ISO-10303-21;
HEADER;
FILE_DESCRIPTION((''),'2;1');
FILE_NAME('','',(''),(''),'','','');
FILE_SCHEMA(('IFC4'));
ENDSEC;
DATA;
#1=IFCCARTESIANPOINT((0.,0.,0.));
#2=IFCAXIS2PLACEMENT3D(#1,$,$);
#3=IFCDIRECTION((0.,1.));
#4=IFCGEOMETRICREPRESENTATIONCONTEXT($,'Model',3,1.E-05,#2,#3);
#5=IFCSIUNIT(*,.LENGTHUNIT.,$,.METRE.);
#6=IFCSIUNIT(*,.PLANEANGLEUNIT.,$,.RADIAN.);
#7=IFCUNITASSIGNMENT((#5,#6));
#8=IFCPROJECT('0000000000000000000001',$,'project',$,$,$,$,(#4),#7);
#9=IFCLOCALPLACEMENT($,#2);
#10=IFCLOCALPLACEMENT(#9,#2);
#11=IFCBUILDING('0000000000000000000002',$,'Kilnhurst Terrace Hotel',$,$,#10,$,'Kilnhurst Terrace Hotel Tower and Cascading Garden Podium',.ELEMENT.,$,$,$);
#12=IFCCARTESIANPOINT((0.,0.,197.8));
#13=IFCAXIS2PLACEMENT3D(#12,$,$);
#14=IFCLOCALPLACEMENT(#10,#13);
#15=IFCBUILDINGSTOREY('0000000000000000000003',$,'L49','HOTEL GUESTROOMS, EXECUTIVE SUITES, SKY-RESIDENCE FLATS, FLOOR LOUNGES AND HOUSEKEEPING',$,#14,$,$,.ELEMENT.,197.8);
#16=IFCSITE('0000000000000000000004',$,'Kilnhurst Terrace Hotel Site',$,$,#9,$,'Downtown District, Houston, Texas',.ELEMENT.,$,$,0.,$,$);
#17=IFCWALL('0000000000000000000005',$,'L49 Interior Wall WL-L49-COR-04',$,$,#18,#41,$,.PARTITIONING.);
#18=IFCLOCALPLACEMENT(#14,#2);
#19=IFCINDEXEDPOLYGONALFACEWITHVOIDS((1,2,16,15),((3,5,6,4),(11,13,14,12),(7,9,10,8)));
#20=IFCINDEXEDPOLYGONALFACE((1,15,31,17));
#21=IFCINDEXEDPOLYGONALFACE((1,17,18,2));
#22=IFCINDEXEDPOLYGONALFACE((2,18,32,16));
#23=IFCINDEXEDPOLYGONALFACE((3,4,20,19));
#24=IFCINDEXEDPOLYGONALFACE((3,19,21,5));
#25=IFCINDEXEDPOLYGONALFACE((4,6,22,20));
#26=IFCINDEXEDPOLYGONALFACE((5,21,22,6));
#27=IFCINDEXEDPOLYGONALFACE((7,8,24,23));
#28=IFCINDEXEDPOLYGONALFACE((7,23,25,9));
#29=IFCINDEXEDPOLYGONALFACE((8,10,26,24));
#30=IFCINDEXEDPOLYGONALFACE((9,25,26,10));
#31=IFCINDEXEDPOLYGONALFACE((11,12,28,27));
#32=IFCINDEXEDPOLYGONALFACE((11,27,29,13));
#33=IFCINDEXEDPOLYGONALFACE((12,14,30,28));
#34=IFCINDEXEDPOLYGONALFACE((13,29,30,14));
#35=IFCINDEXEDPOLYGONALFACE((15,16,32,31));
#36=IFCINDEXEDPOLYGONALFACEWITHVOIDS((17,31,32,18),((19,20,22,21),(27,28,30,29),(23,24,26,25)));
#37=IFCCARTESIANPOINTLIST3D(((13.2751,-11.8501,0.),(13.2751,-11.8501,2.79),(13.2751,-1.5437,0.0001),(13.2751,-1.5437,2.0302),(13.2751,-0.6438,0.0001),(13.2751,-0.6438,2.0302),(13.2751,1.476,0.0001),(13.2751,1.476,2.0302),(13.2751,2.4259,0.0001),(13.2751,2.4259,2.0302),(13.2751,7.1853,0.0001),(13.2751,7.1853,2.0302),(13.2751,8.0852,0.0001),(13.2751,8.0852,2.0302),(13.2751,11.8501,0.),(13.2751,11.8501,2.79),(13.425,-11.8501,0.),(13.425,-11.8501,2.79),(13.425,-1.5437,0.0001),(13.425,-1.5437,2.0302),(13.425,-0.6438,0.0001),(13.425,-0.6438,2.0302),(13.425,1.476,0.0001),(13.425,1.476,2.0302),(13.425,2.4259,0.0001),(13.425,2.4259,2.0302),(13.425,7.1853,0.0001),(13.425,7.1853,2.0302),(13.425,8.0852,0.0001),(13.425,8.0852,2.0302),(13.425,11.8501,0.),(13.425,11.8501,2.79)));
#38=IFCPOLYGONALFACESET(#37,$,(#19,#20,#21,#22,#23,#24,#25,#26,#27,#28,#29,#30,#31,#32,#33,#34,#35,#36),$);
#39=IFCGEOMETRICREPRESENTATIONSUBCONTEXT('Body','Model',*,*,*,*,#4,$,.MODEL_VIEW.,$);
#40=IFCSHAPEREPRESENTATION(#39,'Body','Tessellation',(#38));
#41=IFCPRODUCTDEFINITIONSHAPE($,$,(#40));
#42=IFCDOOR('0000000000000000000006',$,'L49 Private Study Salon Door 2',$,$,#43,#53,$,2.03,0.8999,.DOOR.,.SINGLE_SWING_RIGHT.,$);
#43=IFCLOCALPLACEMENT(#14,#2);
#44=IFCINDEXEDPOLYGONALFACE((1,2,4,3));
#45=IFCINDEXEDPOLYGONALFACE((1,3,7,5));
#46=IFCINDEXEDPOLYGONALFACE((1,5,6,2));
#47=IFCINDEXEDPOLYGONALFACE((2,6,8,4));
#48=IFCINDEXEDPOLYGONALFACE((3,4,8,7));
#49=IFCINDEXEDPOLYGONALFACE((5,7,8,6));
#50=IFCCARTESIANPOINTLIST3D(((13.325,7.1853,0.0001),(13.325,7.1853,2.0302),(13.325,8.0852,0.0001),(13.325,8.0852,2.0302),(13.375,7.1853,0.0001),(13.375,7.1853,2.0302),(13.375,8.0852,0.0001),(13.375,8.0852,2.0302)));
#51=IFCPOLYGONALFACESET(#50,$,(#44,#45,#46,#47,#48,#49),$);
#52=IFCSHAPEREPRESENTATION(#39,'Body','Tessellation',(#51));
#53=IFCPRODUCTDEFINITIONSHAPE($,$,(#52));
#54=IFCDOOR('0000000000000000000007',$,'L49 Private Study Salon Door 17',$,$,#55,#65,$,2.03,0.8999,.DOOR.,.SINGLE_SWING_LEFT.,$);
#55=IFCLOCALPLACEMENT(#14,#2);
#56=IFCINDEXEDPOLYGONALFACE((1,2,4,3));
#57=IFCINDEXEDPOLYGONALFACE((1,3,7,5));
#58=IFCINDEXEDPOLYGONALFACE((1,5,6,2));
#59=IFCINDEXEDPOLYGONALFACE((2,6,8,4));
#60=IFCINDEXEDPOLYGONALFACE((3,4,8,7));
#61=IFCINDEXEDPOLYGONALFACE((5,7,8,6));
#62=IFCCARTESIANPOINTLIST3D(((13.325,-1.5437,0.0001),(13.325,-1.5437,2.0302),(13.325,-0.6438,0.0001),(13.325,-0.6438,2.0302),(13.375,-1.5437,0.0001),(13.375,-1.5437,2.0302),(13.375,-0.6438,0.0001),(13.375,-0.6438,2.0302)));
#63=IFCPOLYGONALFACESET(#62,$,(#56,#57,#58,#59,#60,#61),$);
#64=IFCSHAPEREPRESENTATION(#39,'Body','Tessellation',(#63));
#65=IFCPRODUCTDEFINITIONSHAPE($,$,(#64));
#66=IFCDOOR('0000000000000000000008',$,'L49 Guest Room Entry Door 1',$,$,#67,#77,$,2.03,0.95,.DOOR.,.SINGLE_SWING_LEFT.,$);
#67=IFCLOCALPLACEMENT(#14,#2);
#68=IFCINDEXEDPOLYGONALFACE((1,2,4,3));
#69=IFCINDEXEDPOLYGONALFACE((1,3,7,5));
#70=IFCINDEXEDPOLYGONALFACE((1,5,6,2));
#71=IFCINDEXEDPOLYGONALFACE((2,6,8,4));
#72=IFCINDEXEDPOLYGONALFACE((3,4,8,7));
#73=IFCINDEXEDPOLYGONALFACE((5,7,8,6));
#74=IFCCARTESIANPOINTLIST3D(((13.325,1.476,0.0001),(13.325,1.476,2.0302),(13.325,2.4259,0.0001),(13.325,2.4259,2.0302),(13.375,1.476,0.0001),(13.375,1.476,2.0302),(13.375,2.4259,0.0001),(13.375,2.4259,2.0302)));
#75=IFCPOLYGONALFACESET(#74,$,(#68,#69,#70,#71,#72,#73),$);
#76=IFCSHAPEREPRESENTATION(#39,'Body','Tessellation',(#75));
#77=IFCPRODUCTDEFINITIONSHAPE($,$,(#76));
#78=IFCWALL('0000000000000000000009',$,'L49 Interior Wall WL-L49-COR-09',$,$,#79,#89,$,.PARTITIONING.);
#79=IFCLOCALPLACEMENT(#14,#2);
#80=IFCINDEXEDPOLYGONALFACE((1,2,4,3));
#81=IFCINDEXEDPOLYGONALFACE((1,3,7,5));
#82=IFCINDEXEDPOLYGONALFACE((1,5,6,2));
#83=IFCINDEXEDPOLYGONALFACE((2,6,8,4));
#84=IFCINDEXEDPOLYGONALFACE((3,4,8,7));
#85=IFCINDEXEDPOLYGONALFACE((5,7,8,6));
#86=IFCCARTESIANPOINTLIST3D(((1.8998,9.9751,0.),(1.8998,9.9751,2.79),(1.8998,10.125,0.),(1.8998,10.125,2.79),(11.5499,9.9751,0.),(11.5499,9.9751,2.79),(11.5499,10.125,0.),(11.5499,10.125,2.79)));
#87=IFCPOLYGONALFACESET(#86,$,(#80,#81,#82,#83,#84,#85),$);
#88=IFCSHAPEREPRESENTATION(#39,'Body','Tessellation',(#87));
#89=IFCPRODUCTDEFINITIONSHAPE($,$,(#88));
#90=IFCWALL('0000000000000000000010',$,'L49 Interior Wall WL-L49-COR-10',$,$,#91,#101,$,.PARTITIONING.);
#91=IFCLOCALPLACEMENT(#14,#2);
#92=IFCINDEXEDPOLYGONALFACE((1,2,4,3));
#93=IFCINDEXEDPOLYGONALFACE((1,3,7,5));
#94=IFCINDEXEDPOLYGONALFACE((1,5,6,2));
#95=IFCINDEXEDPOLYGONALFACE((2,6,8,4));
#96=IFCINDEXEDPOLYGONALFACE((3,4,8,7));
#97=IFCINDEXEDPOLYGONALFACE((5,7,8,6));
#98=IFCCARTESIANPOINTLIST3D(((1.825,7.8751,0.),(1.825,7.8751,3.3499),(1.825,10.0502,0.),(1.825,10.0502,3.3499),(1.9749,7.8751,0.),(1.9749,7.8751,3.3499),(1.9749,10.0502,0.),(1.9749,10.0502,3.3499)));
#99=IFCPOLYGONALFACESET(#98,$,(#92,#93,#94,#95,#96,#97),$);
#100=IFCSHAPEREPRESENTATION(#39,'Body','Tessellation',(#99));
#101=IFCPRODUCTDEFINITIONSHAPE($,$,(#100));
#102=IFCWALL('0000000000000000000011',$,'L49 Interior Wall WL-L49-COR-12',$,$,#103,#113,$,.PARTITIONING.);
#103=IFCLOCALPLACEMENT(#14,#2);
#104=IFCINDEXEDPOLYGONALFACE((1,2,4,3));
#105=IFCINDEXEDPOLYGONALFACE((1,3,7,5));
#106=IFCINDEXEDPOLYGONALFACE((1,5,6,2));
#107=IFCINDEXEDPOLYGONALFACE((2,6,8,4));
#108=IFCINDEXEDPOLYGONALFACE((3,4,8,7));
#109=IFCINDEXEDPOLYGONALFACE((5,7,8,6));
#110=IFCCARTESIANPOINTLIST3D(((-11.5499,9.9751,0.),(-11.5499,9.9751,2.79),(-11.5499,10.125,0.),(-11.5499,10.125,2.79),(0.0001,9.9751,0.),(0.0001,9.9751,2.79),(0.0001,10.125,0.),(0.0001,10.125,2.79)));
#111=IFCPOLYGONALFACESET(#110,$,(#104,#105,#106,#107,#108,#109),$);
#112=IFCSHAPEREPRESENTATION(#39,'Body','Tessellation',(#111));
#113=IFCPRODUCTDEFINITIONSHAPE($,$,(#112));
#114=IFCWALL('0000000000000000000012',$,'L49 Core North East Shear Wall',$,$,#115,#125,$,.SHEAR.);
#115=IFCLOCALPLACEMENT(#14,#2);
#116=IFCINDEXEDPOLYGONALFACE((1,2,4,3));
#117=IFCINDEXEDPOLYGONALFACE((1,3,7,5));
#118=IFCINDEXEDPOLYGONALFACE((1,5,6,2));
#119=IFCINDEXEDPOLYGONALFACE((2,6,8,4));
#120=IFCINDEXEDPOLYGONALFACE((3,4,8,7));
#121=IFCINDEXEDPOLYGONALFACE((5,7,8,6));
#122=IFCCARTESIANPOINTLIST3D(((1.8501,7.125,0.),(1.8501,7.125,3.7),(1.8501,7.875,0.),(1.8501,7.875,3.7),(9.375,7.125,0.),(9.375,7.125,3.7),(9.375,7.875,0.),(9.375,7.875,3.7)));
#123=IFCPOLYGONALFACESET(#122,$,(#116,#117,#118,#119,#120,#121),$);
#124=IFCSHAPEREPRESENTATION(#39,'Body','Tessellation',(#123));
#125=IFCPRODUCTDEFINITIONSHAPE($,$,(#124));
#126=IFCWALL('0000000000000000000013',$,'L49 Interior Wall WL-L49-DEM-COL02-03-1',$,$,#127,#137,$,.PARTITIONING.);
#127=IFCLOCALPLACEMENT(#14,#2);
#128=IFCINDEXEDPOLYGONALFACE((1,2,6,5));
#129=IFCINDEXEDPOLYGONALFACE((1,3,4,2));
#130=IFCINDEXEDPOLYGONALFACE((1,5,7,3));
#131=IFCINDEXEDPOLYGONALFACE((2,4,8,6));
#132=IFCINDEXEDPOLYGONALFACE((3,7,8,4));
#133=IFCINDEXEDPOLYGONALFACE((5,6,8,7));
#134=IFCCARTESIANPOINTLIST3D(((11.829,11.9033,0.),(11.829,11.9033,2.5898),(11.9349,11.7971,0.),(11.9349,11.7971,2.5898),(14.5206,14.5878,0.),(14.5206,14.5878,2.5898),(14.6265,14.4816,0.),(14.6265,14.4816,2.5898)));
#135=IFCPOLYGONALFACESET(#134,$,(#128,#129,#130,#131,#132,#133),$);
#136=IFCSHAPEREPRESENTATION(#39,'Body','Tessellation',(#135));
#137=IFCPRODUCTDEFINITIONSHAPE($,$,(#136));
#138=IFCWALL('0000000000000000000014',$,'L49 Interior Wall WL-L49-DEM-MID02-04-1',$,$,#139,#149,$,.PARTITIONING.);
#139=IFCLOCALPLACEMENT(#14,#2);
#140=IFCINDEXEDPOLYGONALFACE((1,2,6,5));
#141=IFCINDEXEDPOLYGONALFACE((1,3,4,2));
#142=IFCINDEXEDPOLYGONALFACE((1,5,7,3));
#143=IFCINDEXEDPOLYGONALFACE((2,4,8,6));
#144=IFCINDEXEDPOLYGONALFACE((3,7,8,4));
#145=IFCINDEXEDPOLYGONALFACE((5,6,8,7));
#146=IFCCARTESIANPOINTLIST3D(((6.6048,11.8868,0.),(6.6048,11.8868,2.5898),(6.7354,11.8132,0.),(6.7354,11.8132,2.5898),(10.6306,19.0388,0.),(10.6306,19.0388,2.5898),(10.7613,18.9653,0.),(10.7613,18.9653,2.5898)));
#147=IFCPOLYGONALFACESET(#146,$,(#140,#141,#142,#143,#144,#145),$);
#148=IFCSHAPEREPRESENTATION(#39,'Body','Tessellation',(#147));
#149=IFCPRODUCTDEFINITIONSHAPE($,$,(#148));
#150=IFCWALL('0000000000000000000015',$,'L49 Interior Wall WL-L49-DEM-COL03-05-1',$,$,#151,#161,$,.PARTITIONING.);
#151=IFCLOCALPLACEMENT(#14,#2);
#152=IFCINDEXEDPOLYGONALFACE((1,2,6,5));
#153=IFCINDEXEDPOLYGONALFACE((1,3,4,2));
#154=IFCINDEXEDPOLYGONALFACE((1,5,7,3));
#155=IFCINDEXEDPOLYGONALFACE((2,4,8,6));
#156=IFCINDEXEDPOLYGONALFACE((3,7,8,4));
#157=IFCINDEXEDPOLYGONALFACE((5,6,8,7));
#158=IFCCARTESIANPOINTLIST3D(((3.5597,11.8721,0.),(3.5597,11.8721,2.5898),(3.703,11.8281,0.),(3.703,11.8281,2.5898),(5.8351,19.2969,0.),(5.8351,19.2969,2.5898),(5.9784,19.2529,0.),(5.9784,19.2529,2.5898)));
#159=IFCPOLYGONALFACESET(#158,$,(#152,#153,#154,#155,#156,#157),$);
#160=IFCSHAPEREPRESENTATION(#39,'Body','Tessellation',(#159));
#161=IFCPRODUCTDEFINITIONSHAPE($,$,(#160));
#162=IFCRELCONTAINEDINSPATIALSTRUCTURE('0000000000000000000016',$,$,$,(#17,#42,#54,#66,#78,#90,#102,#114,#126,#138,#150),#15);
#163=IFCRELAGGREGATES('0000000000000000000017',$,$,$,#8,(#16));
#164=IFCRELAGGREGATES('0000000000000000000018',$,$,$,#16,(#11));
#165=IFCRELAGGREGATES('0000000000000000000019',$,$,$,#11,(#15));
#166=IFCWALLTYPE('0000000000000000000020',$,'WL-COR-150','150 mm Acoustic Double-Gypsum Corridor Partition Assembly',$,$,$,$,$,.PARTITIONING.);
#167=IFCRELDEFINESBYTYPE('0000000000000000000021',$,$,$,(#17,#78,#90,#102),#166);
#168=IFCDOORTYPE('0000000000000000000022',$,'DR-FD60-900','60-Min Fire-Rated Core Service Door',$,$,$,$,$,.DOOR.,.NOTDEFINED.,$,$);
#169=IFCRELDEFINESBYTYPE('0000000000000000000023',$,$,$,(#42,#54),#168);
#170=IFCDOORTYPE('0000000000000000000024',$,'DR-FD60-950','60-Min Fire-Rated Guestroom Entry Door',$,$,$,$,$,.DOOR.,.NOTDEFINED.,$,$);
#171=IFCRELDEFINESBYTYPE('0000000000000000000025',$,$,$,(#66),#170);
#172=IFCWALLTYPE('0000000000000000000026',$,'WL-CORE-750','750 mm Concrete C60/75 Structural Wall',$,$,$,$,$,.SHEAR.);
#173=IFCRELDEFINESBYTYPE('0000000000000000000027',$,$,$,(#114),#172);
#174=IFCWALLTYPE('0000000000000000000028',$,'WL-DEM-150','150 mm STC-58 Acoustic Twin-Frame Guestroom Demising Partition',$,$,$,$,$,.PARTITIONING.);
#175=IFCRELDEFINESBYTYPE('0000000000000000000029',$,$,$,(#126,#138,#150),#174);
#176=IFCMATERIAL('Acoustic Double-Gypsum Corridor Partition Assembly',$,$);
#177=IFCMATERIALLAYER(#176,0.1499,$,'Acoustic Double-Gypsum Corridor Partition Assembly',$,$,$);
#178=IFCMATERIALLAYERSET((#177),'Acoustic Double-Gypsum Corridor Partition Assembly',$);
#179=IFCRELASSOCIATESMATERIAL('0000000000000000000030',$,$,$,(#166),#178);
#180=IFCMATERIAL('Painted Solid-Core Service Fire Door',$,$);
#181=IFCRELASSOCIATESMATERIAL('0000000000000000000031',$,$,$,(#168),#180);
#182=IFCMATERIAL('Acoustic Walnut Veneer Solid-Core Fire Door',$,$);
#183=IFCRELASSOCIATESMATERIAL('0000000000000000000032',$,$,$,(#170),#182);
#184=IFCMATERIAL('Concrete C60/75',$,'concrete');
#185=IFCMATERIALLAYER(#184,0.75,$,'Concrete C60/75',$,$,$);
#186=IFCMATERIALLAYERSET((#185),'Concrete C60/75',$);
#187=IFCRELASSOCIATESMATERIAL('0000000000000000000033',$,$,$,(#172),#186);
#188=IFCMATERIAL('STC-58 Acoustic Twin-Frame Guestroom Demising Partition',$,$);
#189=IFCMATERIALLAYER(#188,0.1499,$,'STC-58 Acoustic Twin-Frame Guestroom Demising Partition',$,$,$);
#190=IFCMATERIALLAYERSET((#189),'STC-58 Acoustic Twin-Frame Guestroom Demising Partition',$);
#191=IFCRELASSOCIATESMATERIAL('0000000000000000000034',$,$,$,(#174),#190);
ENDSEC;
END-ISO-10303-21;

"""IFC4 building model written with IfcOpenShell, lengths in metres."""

from ifc_helpers import new_model, si_unit, direction, frame, frame_2d, origin, place, context, subcontext, project, spatial, rectangle, extrude, material, layer, layer_set, type_object, element, fill, save


model = new_model("IFC4")

# Units and contexts
model_context = context("Model", 3, precision=1e-05, world=origin(), true_north=direction((0.0, 1.0)))
body_context = subcontext(model_context, "Body", "Model", "MODEL_VIEW")
ifc_project = project(units=[si_unit("LENGTHUNIT", "METRE"), si_unit("PLANEANGLEUNIT", "RADIAN")], contexts=[model_context])

# Site, building, storey
site_placement = place(None, origin())
site = spatial("IfcSite", under=ifc_project, at=site_placement, Name="Kilnhurst Terrace Hotel Site", LongName="Downtown District, Houston, Texas", CompositionType="ELEMENT", RefElevation=0.0)
building_placement = place(site_placement, origin())
building = spatial("IfcBuilding", under=site, at=building_placement, Name="Kilnhurst Terrace Hotel", LongName="Kilnhurst Terrace Hotel Tower and Cascading Garden Podium", CompositionType="ELEMENT")
storey_placement = place(building_placement, frame((0.0, 0.0, 197.8)))
storey = spatial("IfcBuildingStorey", under=building, at=storey_placement, Name="L49", Description="HOTEL GUESTROOMS, EXECUTIVE SUITES, SKY-RESIDENCE FLATS, FLOOR LOUNGES AND HOUSEKEEPING", CompositionType="ELEMENT", Elevation=197.8)

# Shared definitions
ifc_material_1 = material(Name="Concrete C60/75", Category="concrete")

# Wall, openings, doors
ifc_material_2 = material(Name="Acoustic Double-Gypsum Corridor Partition Assembly")
ifc_layer_1 = layer(ifc_material_2, 0.1499, Name="Acoustic Double-Gypsum Corridor Partition Assembly")
ifc_layer_set_1 = layer_set([ifc_layer_1], Name="Acoustic Double-Gypsum Corridor Partition Assembly")
wall_type_1 = type_object("IfcWallType", Name="WL-COR-150", Description="150 mm Acoustic Double-Gypsum Corridor Partition Assembly", PredefinedType="PARTITIONING", material=ifc_layer_set_1)
wall_1_placement = place(storey_placement, frame((13.3501, 11.8501, 0.0), z_axis=(0.0, 0.0, 1.0), x_axis=(0.0, -1.0, 0.0)))
wall_1 = element("IfcWall", 1, at=wall_1_placement, inside=storey, type_object=wall_type_1, Name="L49 Interior Wall WL-L49-COR-04", PredefinedType="PARTITIONING", context=body_context, shape_type="SweptSolid", body=[
    extrude(rectangle(XDim=23.7002, YDim=0.1499, at=frame_2d((11.8501, 0.0))), origin(), (0.0, 0.0, 1.0), 2.79),
])
opening_1_placement = place(wall_1_placement, frame((9.4241, 0.0, 0.0)))
opening_1 = element("IfcOpeningElement", 2, at=opening_1_placement, cuts=wall_1, PredefinedType="OPENING", context=body_context, shape_type="SweptSolid", body=[
    extrude(rectangle(XDim=0.95, YDim=2.03, at=frame_2d((0.4751, 1.0151))), frame((0.0, 0.085, 0.0), z_axis=(0.0, -1.0, 0.0), x_axis=(1.0, 0.0, 0.0)), (0.0, 0.0, 1.0), 0.1699),
])
opening_2_placement = place(wall_1_placement, frame((3.7649, 0.0, 0.0)))
opening_2 = element("IfcOpeningElement", 3, at=opening_2_placement, cuts=wall_1, PredefinedType="OPENING", context=body_context, shape_type="SweptSolid", body=[
    extrude(rectangle(XDim=0.8999, YDim=2.03, at=frame_2d((0.45, 1.0151))), frame((0.0, 0.085, 0.0), z_axis=(0.0, -1.0, 0.0), x_axis=(1.0, 0.0, 0.0)), (0.0, 0.0, 1.0), 0.1699),
])
opening_3_placement = place(wall_1_placement, frame((12.4939, 0.0, 0.0)))
opening_3 = element("IfcOpeningElement", 4, at=opening_3_placement, cuts=wall_1, PredefinedType="OPENING", context=body_context, shape_type="SweptSolid", body=[
    extrude(rectangle(XDim=0.8999, YDim=2.03, at=frame_2d((0.45, 1.0151))), frame((0.0, 0.085, 0.0), z_axis=(0.0, -1.0, 0.0), x_axis=(1.0, 0.0, 0.0)), (0.0, 0.0, 1.0), 0.1699),
])
ifc_material_3 = material(Name="Painted Solid-Core Service Fire Door")
door_type_1 = type_object("IfcDoorType", Name="DR-FD60-900", Description="60-Min Fire-Rated Core Service Door", OperationType="NOTDEFINED", PredefinedType="DOOR", material=ifc_material_3)
door_1_placement = place(opening_2_placement, origin())
door_1 = element("IfcDoor", 5, at=door_1_placement, inside=storey, type_object=door_type_1, Name="L49 Private Study Salon Door 2", OperationType="SINGLE_SWING_RIGHT", OverallHeight=2.03, OverallWidth=0.8999, PredefinedType="DOOR", context=body_context, shape_type="SweptSolid", body=[
    extrude(rectangle(XDim=0.8999, YDim=2.03, at=frame_2d((0.45, 1.0151))), frame((0.0, 0.0249, 0.0), z_axis=(0.0, -1.0, 0.0), x_axis=(1.0, 0.0, 0.0)), (0.0, 0.0, 1.0), 0.05),
])
fill(opening_2, door_1)
door_2_placement = place(opening_3_placement, origin())
door_2 = element("IfcDoor", 6, at=door_2_placement, inside=storey, type_object=door_type_1, Name="L49 Private Study Salon Door 17", OperationType="SINGLE_SWING_LEFT", OverallHeight=2.03, OverallWidth=0.8999, PredefinedType="DOOR", context=body_context, shape_type="SweptSolid", body=[
    extrude(rectangle(XDim=0.8999, YDim=2.03, at=frame_2d((0.45, 1.0151))), frame((0.0, 0.0249, 0.0), z_axis=(0.0, -1.0, 0.0), x_axis=(1.0, 0.0, 0.0)), (0.0, 0.0, 1.0), 0.05),
])
fill(opening_3, door_2)
ifc_material_4 = material(Name="Acoustic Walnut Veneer Solid-Core Fire Door")
door_type_2 = type_object("IfcDoorType", Name="DR-FD60-950", Description="60-Min Fire-Rated Guestroom Entry Door", OperationType="NOTDEFINED", PredefinedType="DOOR", material=ifc_material_4)
door_3_placement = place(opening_1_placement, origin())
door_3 = element("IfcDoor", 7, at=door_3_placement, inside=storey, type_object=door_type_2, Name="L49 Guest Room Entry Door 1", OperationType="SINGLE_SWING_LEFT", OverallHeight=2.03, OverallWidth=0.95, PredefinedType="DOOR", context=body_context, shape_type="SweptSolid", body=[
    extrude(rectangle(XDim=0.95, YDim=2.03, at=frame_2d((0.4751, 1.0151))), frame((0.0, 0.0249, 0.0), z_axis=(0.0, -1.0, 0.0), x_axis=(1.0, 0.0, 0.0)), (0.0, 0.0, 1.0), 0.05),
])
fill(opening_1, door_3)

# Walls
wall_2_placement = place(storey_placement, frame((11.55, 10.05, 0.0), z_axis=(0.0, 0.0, 1.0), x_axis=(-1.0, 0.0, 0.0)))
element("IfcWall", 8, at=wall_2_placement, inside=storey, type_object=wall_type_1, Name="L49 Interior Wall WL-L49-COR-09", PredefinedType="PARTITIONING", context=body_context, shape_type="SweptSolid", body=[
    extrude(rectangle(XDim=9.6501, YDim=0.1499, at=frame_2d((4.8252, 0.0))), origin(), (0.0, 0.0, 1.0), 2.79),
])
wall_3_placement = place(storey_placement, frame((1.8999, 10.05, 0.0), z_axis=(0.0, 0.0, 1.0), x_axis=(0.0, -1.0, 0.0)))
element("IfcWall", 9, at=wall_3_placement, inside=storey, type_object=wall_type_1, Name="L49 Interior Wall WL-L49-COR-10", PredefinedType="PARTITIONING", context=body_context, shape_type="SweptSolid", body=[
    extrude(rectangle(XDim=2.175, YDim=0.1499, at=frame_2d((1.0874, 0.0))), origin(), (0.0, 0.0, 1.0), 3.3499),
])
wall_4_placement = place(storey_placement, frame((0.0, 10.05, 0.0), z_axis=(0.0, 0.0, 1.0), x_axis=(-1.0, 0.0, 0.0)))
element("IfcWall", 10, at=wall_4_placement, inside=storey, type_object=wall_type_1, Name="L49 Interior Wall WL-L49-COR-12", PredefinedType="PARTITIONING", context=body_context, shape_type="SweptSolid", body=[
    extrude(rectangle(XDim=11.55, YDim=0.1499, at=frame_2d((5.7749, 0.0))), origin(), (0.0, 0.0, 1.0), 2.79),
])
ifc_layer_2 = layer(ifc_material_1, 0.75, Name="Concrete C60/75")
ifc_layer_set_2 = layer_set([ifc_layer_2], Name="Concrete C60/75")
wall_type_2 = type_object("IfcWallType", Name="WL-CORE-750", Description="750 mm Concrete C60/75 Structural Wall", PredefinedType="SHEAR", material=ifc_layer_set_2)
wall_5_placement = place(storey_placement, frame((1.8501, 7.5, 0.0), z_axis=(0.0, 0.0, 1.0), x_axis=(1.0, 0.0, 0.0)))
element("IfcWall", 11, at=wall_5_placement, inside=storey, type_object=wall_type_2, Name="L49 Core North East Shear Wall", PredefinedType="SHEAR", context=body_context, shape_type="SweptSolid", body=[
    extrude(rectangle(XDim=7.5249, YDim=0.75, at=frame_2d((3.7625, 0.0))), origin(), (0.0, 0.0, 1.0), 3.7),
])
ifc_material_5 = material(Name="STC-58 Acoustic Twin-Frame Guestroom Demising Partition")
ifc_layer_3 = layer(ifc_material_5, 0.1499, Name="STC-58 Acoustic Twin-Frame Guestroom Demising Partition")
ifc_layer_set_3 = layer_set([ifc_layer_3], Name="STC-58 Acoustic Twin-Frame Guestroom Demising Partition")
wall_type_3 = type_object("IfcWallType", Name="WL-DEM-150", Description="150 mm STC-58 Acoustic Twin-Frame Guestroom Demising Partition", PredefinedType="PARTITIONING", material=ifc_layer_set_3)
wall_6_placement = place(storey_placement, frame((11.8818, 11.8501, 0.0), z_axis=(0.0, 0.0, 1.0), x_axis=(0.708037, 0.706175, 0.0)))
element("IfcWall", 12, at=wall_6_placement, inside=storey, type_object=wall_type_3, Name="L49 Interior Wall WL-L49-DEM-COL02-03-1", PredefinedType="PARTITIONING", context=body_context, shape_type="SweptSolid", body=[
    extrude(rectangle(XDim=3.8015, YDim=0.1499, at=frame_2d((1.9009, 0.0))), origin(), (0.0, 0.0, 1.0), 2.5898),
])
wall_7_placement = place(storey_placement, frame((6.6702, 11.8501, 0.0), z_axis=(0.0, 0.0, 1.0), x_axis=(0.490522, 0.871429, 0.0)))
element("IfcWall", 13, at=wall_7_placement, inside=storey, type_object=wall_type_3, Name="L49 Interior Wall WL-L49-DEM-MID02-04-1", PredefinedType="PARTITIONING", context=body_context, shape_type="SweptSolid", body=[
    extrude(rectangle(XDim=8.2073, YDim=0.1499, at=frame_2d((4.1035, 0.0))), origin(), (0.0, 0.0, 1.0), 2.5898),
])
wall_8_placement = place(storey_placement, frame((3.6313, 11.8501, 0.0), z_axis=(0.0, 0.0, 1.0), x_axis=(0.293008, 0.95611, 0.0)))
element("IfcWall", 14, at=wall_8_placement, inside=storey, type_object=wall_type_3, Name="L49 Interior Wall WL-L49-DEM-COL03-05-1", PredefinedType="PARTITIONING", context=body_context, shape_type="SweptSolid", body=[
    extrude(rectangle(XDim=7.7656, YDim=0.1499, at=frame_2d((3.8828, 0.0))), origin(), (0.0, 0.0, 1.0), 2.5898),
])

save(model, "model.ifc")
